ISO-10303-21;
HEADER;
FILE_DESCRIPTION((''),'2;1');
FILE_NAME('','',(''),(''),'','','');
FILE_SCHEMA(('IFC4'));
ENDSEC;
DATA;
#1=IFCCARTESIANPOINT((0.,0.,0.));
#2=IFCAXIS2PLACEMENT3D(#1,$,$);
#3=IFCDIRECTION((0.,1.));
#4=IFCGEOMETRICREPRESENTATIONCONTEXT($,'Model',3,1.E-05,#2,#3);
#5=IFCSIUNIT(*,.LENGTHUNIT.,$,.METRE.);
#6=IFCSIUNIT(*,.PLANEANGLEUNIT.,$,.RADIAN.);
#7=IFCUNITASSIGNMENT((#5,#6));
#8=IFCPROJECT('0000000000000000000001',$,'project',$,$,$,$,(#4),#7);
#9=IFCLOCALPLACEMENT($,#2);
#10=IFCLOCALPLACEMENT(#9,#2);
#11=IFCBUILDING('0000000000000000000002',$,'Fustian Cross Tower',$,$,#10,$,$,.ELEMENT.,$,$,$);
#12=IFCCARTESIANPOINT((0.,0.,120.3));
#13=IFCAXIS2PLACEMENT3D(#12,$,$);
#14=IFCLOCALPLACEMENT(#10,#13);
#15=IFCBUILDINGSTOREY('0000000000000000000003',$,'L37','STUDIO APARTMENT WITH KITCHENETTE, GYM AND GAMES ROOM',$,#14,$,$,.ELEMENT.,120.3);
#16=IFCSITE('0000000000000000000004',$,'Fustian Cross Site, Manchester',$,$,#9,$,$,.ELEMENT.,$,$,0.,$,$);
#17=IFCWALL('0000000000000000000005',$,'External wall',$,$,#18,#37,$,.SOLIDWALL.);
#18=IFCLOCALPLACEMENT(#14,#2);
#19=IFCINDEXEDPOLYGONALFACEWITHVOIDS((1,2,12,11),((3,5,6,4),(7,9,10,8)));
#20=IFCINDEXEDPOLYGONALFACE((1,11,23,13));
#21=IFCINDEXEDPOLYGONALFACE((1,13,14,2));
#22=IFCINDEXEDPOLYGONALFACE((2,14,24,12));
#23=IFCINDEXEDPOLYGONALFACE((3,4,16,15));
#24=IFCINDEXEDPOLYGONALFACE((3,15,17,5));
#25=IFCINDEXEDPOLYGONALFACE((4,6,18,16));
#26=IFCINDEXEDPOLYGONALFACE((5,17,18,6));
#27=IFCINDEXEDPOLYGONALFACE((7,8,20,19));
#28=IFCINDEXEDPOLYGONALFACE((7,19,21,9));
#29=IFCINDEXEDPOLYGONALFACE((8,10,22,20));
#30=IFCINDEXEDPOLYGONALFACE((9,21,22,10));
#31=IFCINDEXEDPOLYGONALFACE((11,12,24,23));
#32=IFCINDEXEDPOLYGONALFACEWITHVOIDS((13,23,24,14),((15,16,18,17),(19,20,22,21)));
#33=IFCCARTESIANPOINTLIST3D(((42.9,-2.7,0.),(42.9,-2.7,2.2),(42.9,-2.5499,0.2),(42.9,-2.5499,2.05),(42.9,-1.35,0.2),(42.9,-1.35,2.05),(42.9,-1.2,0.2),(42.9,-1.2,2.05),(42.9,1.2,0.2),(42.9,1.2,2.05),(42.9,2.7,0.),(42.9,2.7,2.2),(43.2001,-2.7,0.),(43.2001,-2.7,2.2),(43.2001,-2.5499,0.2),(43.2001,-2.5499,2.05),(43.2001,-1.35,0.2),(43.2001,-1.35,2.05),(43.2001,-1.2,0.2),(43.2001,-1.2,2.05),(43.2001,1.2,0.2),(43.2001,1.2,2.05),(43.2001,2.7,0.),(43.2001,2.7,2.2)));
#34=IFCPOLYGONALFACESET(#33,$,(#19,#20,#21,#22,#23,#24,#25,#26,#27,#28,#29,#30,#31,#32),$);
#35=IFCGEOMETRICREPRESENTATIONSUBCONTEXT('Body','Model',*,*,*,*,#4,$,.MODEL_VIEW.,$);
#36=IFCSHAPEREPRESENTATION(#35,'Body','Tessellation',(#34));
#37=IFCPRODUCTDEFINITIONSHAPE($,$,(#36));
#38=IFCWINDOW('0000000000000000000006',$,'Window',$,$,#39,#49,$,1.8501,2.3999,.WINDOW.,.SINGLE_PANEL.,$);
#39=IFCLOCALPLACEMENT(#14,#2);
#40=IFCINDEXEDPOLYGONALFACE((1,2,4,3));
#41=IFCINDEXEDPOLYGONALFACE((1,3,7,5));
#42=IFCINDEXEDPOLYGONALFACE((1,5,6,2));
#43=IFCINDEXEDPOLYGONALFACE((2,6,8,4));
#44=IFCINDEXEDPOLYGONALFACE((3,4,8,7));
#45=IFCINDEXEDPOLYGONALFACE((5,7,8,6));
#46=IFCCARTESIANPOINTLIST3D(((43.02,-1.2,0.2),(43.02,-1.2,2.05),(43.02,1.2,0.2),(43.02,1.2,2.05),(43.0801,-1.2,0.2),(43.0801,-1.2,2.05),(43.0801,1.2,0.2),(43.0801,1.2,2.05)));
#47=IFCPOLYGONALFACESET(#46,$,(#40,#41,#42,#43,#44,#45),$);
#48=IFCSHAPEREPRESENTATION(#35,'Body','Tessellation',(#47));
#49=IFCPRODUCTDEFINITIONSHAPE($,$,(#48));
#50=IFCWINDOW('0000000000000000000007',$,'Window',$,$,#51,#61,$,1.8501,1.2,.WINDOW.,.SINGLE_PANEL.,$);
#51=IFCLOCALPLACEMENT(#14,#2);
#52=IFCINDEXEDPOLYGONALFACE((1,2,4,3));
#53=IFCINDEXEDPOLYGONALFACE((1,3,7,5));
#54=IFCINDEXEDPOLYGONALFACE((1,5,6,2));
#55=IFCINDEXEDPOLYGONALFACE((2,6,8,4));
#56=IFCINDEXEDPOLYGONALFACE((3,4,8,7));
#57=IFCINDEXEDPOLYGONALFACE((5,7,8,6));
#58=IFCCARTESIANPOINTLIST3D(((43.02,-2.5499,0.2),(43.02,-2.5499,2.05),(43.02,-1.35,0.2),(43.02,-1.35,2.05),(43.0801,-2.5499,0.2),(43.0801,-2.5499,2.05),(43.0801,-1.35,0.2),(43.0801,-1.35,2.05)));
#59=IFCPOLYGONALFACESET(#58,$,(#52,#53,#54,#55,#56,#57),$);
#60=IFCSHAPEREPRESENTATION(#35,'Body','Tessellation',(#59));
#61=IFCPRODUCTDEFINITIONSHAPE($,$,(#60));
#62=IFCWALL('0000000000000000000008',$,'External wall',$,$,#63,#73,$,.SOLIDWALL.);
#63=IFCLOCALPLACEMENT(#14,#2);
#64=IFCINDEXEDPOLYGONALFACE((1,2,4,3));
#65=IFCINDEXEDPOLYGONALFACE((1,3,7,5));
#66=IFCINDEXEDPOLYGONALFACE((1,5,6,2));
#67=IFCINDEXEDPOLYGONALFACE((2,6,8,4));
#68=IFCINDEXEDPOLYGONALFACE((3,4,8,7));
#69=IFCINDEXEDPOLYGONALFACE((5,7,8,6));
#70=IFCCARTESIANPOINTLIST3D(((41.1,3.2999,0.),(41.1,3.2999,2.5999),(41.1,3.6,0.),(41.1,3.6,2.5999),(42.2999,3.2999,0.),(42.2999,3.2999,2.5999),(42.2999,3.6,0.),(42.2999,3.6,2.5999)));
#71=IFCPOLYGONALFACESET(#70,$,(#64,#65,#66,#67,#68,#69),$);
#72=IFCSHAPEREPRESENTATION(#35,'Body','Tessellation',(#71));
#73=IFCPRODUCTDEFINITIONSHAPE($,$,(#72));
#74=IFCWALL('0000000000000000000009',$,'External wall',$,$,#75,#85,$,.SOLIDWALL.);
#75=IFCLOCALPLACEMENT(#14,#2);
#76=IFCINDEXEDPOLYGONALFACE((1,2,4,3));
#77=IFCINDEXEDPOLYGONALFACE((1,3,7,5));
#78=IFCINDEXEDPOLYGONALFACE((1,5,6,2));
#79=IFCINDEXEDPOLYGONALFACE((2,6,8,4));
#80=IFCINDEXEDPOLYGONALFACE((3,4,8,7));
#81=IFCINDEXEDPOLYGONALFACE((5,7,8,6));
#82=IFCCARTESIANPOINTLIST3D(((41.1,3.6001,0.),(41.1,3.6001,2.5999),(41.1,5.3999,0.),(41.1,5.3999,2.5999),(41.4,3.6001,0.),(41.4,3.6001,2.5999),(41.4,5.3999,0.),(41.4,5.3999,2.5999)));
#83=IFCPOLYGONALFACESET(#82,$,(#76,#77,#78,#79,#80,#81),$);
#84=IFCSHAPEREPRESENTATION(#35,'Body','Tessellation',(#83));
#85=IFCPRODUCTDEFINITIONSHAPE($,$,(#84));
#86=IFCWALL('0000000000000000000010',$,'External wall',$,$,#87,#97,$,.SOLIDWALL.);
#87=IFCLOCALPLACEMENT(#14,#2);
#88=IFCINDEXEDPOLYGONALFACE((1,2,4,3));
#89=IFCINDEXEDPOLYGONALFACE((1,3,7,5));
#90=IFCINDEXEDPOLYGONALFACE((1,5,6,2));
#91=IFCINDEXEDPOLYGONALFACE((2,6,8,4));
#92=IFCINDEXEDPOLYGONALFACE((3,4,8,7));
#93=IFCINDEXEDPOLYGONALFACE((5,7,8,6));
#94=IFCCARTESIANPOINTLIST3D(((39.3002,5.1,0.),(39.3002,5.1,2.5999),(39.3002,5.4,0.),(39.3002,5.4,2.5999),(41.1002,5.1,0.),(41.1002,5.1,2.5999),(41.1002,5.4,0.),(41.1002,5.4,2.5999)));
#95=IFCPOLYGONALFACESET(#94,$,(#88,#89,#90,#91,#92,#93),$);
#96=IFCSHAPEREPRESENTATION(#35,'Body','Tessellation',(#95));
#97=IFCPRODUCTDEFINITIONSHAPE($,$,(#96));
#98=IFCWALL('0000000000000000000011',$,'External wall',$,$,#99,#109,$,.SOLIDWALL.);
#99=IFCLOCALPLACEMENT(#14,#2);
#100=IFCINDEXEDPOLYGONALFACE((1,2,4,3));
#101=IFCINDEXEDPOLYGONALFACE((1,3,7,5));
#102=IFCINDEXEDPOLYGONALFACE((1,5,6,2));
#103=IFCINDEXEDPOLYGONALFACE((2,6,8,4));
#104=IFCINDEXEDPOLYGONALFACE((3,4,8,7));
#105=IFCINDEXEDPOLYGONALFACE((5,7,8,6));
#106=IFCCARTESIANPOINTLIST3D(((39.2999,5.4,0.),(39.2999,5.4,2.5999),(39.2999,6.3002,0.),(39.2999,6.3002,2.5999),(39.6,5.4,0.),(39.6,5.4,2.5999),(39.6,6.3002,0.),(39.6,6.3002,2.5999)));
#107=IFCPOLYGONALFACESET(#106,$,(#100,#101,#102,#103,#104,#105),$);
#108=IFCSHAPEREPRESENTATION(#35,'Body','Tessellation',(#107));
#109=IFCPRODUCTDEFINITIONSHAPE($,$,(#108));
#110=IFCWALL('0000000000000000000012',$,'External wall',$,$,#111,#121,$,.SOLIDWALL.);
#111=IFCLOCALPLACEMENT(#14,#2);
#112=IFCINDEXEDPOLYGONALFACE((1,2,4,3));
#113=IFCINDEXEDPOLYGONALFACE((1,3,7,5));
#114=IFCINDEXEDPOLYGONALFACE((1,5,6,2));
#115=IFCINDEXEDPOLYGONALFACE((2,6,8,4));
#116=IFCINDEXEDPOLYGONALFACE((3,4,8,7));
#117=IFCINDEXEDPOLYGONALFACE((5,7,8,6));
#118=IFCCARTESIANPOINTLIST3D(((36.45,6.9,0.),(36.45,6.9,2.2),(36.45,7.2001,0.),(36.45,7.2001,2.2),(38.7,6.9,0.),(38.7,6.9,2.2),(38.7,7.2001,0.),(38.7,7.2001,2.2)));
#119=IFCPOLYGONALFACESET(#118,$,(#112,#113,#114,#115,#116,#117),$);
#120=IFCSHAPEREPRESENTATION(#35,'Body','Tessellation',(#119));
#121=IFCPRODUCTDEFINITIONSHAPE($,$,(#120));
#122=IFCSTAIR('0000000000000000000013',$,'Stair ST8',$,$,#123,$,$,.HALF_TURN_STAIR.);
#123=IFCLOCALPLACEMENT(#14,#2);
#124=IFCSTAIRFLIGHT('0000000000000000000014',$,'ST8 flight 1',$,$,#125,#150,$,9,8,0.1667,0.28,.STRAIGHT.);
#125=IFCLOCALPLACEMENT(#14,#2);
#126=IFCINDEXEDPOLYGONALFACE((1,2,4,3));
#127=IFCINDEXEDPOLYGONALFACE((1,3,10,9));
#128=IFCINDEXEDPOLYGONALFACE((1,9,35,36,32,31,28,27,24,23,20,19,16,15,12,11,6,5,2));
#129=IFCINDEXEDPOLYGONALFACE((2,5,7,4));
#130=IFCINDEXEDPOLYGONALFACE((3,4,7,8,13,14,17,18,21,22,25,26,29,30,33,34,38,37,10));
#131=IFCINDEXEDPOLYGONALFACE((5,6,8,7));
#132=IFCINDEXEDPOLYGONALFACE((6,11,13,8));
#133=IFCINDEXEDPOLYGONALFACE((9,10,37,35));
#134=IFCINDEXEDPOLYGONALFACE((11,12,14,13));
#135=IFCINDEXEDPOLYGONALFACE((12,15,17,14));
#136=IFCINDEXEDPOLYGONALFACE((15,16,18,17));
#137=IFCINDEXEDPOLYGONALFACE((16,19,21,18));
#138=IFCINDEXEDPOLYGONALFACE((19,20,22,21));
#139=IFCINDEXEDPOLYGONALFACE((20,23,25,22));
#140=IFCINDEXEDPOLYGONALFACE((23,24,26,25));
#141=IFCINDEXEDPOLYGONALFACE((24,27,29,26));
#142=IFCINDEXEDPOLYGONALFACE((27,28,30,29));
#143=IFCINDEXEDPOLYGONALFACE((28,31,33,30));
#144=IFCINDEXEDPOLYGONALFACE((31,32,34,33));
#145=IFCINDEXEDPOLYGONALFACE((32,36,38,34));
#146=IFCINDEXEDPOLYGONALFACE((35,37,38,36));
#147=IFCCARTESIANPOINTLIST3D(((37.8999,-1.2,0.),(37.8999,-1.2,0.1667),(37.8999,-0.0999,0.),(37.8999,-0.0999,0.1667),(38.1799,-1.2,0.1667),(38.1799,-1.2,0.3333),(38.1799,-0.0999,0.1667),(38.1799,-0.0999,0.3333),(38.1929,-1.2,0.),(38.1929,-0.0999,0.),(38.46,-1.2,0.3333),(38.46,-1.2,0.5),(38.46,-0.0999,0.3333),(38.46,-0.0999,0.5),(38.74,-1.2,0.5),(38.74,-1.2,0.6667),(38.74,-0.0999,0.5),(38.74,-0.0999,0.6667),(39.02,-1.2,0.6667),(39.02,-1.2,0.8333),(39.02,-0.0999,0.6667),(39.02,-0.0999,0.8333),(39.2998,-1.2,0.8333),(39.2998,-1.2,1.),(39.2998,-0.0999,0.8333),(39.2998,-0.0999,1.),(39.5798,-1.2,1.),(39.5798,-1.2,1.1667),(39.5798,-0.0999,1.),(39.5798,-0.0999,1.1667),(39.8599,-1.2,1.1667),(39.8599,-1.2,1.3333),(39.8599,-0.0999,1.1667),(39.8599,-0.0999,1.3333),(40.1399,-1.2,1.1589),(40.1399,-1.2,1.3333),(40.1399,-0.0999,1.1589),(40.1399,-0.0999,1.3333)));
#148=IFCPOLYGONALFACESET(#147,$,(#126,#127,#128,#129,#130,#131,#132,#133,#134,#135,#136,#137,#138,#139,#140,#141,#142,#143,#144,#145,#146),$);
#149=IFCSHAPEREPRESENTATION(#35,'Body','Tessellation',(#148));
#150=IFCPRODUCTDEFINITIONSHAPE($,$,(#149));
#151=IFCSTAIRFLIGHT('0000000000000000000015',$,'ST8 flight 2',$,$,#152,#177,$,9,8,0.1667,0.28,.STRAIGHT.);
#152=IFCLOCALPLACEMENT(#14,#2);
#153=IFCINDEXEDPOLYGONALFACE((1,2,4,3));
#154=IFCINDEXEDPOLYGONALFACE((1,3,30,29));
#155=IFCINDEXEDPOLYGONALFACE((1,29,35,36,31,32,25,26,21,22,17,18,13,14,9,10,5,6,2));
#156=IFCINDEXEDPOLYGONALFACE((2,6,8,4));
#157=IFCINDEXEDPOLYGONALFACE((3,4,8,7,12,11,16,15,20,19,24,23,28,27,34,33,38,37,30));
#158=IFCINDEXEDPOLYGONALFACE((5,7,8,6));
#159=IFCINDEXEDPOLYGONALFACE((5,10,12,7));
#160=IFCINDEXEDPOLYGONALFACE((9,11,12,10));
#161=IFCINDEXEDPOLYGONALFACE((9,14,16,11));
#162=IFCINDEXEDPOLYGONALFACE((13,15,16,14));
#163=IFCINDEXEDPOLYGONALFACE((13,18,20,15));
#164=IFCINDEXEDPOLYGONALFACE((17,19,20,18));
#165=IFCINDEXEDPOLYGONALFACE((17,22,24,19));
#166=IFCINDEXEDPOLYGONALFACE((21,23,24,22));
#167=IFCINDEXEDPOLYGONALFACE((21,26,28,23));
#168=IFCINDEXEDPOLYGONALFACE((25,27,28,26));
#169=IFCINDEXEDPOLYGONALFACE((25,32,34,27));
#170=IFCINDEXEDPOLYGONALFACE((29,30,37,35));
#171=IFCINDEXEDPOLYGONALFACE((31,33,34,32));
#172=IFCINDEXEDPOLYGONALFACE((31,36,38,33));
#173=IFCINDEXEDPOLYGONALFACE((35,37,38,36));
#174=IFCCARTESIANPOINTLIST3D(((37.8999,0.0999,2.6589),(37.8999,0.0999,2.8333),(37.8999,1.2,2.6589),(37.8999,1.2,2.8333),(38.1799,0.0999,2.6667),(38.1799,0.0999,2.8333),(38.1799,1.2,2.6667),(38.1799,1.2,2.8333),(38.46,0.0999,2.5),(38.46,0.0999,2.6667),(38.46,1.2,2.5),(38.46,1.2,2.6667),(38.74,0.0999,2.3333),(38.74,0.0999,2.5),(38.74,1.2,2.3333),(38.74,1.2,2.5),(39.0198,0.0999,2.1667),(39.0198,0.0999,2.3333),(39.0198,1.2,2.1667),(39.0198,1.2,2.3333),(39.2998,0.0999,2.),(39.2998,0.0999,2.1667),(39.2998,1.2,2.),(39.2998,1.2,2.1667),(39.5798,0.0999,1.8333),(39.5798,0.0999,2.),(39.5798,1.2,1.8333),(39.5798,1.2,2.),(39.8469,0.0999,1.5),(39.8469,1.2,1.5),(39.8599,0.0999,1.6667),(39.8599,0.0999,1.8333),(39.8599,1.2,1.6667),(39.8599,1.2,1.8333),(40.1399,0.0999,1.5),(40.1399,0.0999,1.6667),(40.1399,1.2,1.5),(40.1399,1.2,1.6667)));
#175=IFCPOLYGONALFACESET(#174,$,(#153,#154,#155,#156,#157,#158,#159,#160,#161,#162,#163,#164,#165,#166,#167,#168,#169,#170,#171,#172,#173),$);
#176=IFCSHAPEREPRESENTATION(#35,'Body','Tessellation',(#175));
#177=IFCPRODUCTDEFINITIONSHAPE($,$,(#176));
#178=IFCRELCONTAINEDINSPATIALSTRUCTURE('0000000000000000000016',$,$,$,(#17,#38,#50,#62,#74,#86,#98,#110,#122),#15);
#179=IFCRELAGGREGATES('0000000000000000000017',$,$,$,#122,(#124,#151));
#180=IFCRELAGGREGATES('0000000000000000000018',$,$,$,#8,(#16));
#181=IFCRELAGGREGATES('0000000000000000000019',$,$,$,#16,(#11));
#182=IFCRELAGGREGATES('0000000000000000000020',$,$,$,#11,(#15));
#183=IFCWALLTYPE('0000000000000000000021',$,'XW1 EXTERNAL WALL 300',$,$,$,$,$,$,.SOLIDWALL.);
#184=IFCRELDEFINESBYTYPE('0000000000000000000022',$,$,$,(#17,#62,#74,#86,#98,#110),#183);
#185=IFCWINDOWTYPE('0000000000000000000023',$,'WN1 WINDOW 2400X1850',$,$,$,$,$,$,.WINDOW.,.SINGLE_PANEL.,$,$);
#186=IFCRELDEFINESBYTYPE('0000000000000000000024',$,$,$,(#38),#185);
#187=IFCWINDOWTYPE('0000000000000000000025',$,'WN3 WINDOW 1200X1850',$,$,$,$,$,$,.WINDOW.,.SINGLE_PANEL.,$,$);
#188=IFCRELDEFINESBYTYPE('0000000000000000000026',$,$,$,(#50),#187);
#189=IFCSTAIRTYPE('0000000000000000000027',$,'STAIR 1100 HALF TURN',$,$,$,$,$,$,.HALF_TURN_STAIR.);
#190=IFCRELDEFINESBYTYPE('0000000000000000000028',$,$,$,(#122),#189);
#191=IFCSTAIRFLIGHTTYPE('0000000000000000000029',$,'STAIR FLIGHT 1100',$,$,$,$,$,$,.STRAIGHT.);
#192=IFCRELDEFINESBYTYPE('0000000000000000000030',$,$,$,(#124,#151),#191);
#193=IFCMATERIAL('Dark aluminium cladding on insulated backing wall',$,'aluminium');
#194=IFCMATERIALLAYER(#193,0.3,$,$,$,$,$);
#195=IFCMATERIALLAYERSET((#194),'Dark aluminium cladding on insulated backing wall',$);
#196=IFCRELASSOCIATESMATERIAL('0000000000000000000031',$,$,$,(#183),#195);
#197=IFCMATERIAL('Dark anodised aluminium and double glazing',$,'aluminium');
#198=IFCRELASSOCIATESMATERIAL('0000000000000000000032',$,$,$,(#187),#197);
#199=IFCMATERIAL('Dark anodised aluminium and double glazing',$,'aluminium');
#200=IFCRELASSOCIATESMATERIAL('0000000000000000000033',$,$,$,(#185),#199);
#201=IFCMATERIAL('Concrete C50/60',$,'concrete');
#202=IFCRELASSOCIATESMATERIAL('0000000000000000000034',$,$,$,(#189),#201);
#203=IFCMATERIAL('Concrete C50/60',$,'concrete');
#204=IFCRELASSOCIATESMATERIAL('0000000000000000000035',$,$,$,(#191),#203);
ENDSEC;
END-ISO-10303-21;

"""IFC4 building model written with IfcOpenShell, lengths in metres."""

from ifc_helpers import new_model, si_unit, direction, frame, frame_2d, origin, place, context, subcontext, project, spatial, polyline, rectangle, outline, extrude, material, layer, layer_set, type_object, element, fill, aggregate, save


model = new_model("IFC4")

# Units and contexts
model_context = context("Model", 3, precision=1e-05, world=origin(), true_north=direction((0.0, 1.0)))
body_context = subcontext(model_context, "Body", "Model", "MODEL_VIEW")
ifc_project = project(units=[si_unit("LENGTHUNIT", "METRE"), si_unit("PLANEANGLEUNIT", "RADIAN")], contexts=[model_context])

# Site, building, storey
site_placement = place(None, origin())
site = spatial("IfcSite", under=ifc_project, at=site_placement, Name="Fustian Cross Site, Manchester", CompositionType="ELEMENT", RefElevation=0.0)
building_placement = place(site_placement, origin())
building = spatial("IfcBuilding", under=site, at=building_placement, Name="Fustian Cross Tower", CompositionType="ELEMENT")
storey_placement = place(building_placement, frame((0.0, 0.0, 120.3)))
storey = spatial("IfcBuildingStorey", under=building, at=storey_placement, Name="L37", Description="STUDIO APARTMENT WITH KITCHENETTE, GYM AND GAMES ROOM", CompositionType="ELEMENT", Elevation=120.3)

# Shared definitions
ifc_material_1 = material(Name="Dark aluminium cladding on insulated backing wall", Category="aluminium")
ifc_layer_1 = layer(ifc_material_1, 0.3)
ifc_layer_set_1 = layer_set([ifc_layer_1], Name="Dark aluminium cladding on insulated backing wall")
wall_type_1 = type_object("IfcWallType", Name="XW1 EXTERNAL WALL 300", PredefinedType="SOLIDWALL", material=ifc_layer_set_1)

# Shared definitions
ifc_material_2 = material(Name="Dark anodised aluminium and double glazing", Category="aluminium")
window_type_1 = type_object("IfcWindowType", Name="WN3 WINDOW 1200X1850", PartitioningType="SINGLE_PANEL", PredefinedType="WINDOW", material=ifc_material_2)

# Wall, openings, windows
wall_1_placement = place(storey_placement, frame((43.05, -2.7, 0.0), z_axis=(0.0, 0.0, 1.0), x_axis=(0.0, 1.0, 0.0)))
wall_1 = element("IfcWall", 1, at=wall_1_placement, inside=storey, type_object=wall_type_1, Name="External wall", PredefinedType="SOLIDWALL", context=body_context, shape_type="SweptSolid", body=[
    extrude(rectangle(XDim=5.3999, YDim=0.3, at=frame_2d((2.7, 0.0))), origin(), (0.0, 0.0, 1.0), 2.2),
])
opening_1_placement = place(wall_1_placement, frame((1.5, 0.0, 0.2)))
opening_1 = element("IfcOpeningElement", 2, at=opening_1_placement, cuts=wall_1, PredefinedType="OPENING", context=body_context, shape_type="SweptSolid", body=[
    extrude(rectangle(XDim=2.3999, YDim=1.8501, at=frame_2d((1.2, 0.925))), frame((0.0, 0.1599, 0.0), z_axis=(0.0, -1.0, 0.0), x_axis=(1.0, 0.0, 0.0)), (0.0, 0.0, 1.0), 0.3201),
])
opening_2_placement = place(wall_1_placement, frame((0.1499, 0.0, 0.2)))
opening_2 = element("IfcOpeningElement", 3, at=opening_2_placement, cuts=wall_1, PredefinedType="OPENING", context=body_context, shape_type="SweptSolid", body=[
    extrude(rectangle(XDim=1.2, YDim=1.8501, at=frame_2d((0.6001, 0.925))), frame((0.0, 0.1599, 0.0), z_axis=(0.0, -1.0, 0.0), x_axis=(1.0, 0.0, 0.0)), (0.0, 0.0, 1.0), 0.3201),
])
ifc_material_3 = material(Name="Dark anodised aluminium and double glazing", Category="aluminium")
window_type_2 = type_object("IfcWindowType", Name="WN1 WINDOW 2400X1850", PartitioningType="SINGLE_PANEL", PredefinedType="WINDOW", material=ifc_material_3)
window_1_placement = place(opening_1_placement, origin())
window_1 = element("IfcWindow", 4, at=window_1_placement, inside=storey, type_object=window_type_2, Name="Window", OverallHeight=1.8501, OverallWidth=2.3999, PartitioningType="SINGLE_PANEL", PredefinedType="WINDOW", context=body_context, shape_type="SweptSolid", body=[
    extrude(rectangle(XDim=2.3999, YDim=1.8501, at=frame_2d((1.2, 0.925))), frame((0.0, 0.03, 0.0), z_axis=(0.0, -1.0, 0.0), x_axis=(1.0, 0.0, 0.0)), (0.0, 0.0, 1.0), 0.0601),
])
fill(opening_1, window_1)
window_2_placement = place(opening_2_placement, origin())
window_2 = element("IfcWindow", 5, at=window_2_placement, inside=storey, type_object=window_type_1, Name="Window", OverallHeight=1.8501, OverallWidth=1.2, PartitioningType="SINGLE_PANEL", PredefinedType="WINDOW", context=body_context, shape_type="SweptSolid", body=[
    extrude(rectangle(XDim=1.2, YDim=1.8501, at=frame_2d((0.6001, 0.925))), frame((0.0, 0.03, 0.0), z_axis=(0.0, -1.0, 0.0), x_axis=(1.0, 0.0, 0.0)), (0.0, 0.0, 1.0), 0.0601),
])
fill(opening_2, window_2)

# Walls
wall_2_placement = place(storey_placement, frame((42.3, 3.45, 0.0), z_axis=(0.0, 0.0, 1.0), x_axis=(-1.0, 0.0, 0.0)))
element("IfcWall", 6, at=wall_2_placement, inside=storey, type_object=wall_type_1, Name="External wall", PredefinedType="SOLIDWALL", context=body_context, shape_type="SweptSolid", body=[
    extrude(rectangle(XDim=1.2, YDim=0.3, at=frame_2d((0.6001, 0.0))), origin(), (0.0, 0.0, 1.0), 2.5999),
])
wall_3_placement = place(storey_placement, frame((41.25, 3.6001, 0.0), z_axis=(0.0, 0.0, 1.0), x_axis=(0.0, 1.0, 0.0)))
element("IfcWall", 7, at=wall_3_placement, inside=storey, type_object=wall_type_1, Name="External wall", PredefinedType="SOLIDWALL", context=body_context, shape_type="SweptSolid", body=[
    extrude(rectangle(XDim=1.7998, YDim=0.3, at=frame_2d((0.8999, 0.0))), origin(), (0.0, 0.0, 1.0), 2.5999),
])
wall_4_placement = place(storey_placement, frame((41.1001, 5.25, 0.0), z_axis=(0.0, 0.0, 1.0), x_axis=(-1.0, 0.0, 0.0)))
element("IfcWall", 8, at=wall_4_placement, inside=storey, type_object=wall_type_1, Name="External wall", PredefinedType="SOLIDWALL", context=body_context, shape_type="SweptSolid", body=[
    extrude(rectangle(XDim=1.8, YDim=0.3, at=frame_2d((0.8999, 0.0))), origin(), (0.0, 0.0, 1.0), 2.5999),
])
wall_5_placement = place(storey_placement, frame((39.45, 5.3999, 0.0), z_axis=(0.0, 0.0, 1.0), x_axis=(0.0, 1.0, 0.0)))
element("IfcWall", 9, at=wall_5_placement, inside=storey, type_object=wall_type_1, Name="External wall", PredefinedType="SOLIDWALL", context=body_context, shape_type="SweptSolid", body=[
    extrude(rectangle(XDim=0.9001, YDim=0.3, at=frame_2d((0.4502, 0.0))), origin(), (0.0, 0.0, 1.0), 2.5999),
])
wall_6_placement = place(storey_placement, frame((38.7, 7.05, 0.0), z_axis=(0.0, 0.0, 1.0), x_axis=(-1.0, 0.0, 0.0)))
element("IfcWall", 10, at=wall_6_placement, inside=storey, type_object=wall_type_1, Name="External wall", PredefinedType="SOLIDWALL", context=body_context, shape_type="SweptSolid", body=[
    extrude(rectangle(XDim=2.25, YDim=0.3, at=frame_2d((1.125, 0.0))), origin(), (0.0, 0.0, 1.0), 2.2),
])

# Stair, stair flights
ifc_material_4 = material(Name="Concrete C50/60", Category="concrete")
stair_type = type_object("IfcStairType", Name="STAIR 1100 HALF TURN", PredefinedType="HALF_TURN_STAIR", material=ifc_material_4)
stair_placement = place(storey_placement, origin())
stair = element("IfcStair", 11, at=stair_placement, inside=storey, type_object=stair_type, Name="Stair ST8", PredefinedType="HALF_TURN_STAIR")
ifc_material_5 = material(Name="Concrete C50/60", Category="concrete")
stair_flight_type = type_object("IfcStairFlightType", Name="STAIR FLIGHT 1100", PredefinedType="STRAIGHT", material=ifc_material_5)
stair_flight_1_placement = place(storey_placement, frame((37.8999, -0.6499, 0.0), z_axis=(0.0, 0.0, 1.0), x_axis=(1.0, 0.0, 0.0)))
stair_flight_1 = element("IfcStairFlight", 12, at=stair_flight_1_placement, type_object=stair_flight_type, Name="ST8 flight 1", NumberOfRisers=9, NumberOfTreads=8, PredefinedType="STRAIGHT", RiserHeight=0.1667, TreadLength=0.28, context=body_context, shape_type="SweptSolid", body=[
    extrude(outline(polyline([(0.0, 0.0), (0.0, 0.1667), (0.28, 0.1667), (0.28, 0.3333), (0.5601, 0.3333), (0.5601, 0.5), (0.8401, 0.5), (0.8401, 0.6667), (1.1201, 0.6667), (1.1201, 0.8333), (1.3999, 0.8333), (1.3999, 1.0), (1.6799, 1.0), (1.6799, 1.1667), (1.96, 1.1667), (1.96, 1.3333), (2.24, 1.3333), (2.24, 1.5), (2.24, 1.1589), (0.293, 0.0), (0.0, 0.0)])), frame((0.0, 0.55, 0.0), z_axis=(0.0, -1.0, 0.0), x_axis=(1.0, 0.0, 0.0)), (0.0, 0.0, 1.0), 1.1001),
])
stair_flight_2_placement = place(storey_placement, frame((40.1399, 0.6499, 1.5), z_axis=(0.0, 0.0, 1.0), x_axis=(-1.0, 0.0, 0.0)))
stair_flight_2 = element("IfcStairFlight", 13, at=stair_flight_2_placement, type_object=stair_flight_type, Name="ST8 flight 2", NumberOfRisers=9, NumberOfTreads=8, PredefinedType="STRAIGHT", RiserHeight=0.1667, TreadLength=0.28, context=body_context, shape_type="SweptSolid", body=[
    extrude(outline(polyline([(0.0, 0.0), (0.0, 0.1667), (0.28, 0.1667), (0.28, 0.3333), (0.5601, 0.3333), (0.5601, 0.5), (0.8401, 0.5), (0.8401, 0.6667), (1.1201, 0.6667), (1.1201, 0.8333), (1.3999, 0.8333), (1.3999, 1.0), (1.6799, 1.0), (1.6799, 1.1667), (1.96, 1.1667), (1.96, 1.3333), (2.24, 1.3333), (2.24, 1.5), (2.24, 1.1589), (0.293, 0.0), (0.0, 0.0)])), frame((0.0, 0.55, 0.0), z_axis=(0.0, -1.0, 0.0), x_axis=(1.0, 0.0, 0.0)), (0.0, 0.0, 1.0), 1.1001),
])
aggregate(stair, [stair_flight_1, stair_flight_2])

save(model, "model.ifc")
